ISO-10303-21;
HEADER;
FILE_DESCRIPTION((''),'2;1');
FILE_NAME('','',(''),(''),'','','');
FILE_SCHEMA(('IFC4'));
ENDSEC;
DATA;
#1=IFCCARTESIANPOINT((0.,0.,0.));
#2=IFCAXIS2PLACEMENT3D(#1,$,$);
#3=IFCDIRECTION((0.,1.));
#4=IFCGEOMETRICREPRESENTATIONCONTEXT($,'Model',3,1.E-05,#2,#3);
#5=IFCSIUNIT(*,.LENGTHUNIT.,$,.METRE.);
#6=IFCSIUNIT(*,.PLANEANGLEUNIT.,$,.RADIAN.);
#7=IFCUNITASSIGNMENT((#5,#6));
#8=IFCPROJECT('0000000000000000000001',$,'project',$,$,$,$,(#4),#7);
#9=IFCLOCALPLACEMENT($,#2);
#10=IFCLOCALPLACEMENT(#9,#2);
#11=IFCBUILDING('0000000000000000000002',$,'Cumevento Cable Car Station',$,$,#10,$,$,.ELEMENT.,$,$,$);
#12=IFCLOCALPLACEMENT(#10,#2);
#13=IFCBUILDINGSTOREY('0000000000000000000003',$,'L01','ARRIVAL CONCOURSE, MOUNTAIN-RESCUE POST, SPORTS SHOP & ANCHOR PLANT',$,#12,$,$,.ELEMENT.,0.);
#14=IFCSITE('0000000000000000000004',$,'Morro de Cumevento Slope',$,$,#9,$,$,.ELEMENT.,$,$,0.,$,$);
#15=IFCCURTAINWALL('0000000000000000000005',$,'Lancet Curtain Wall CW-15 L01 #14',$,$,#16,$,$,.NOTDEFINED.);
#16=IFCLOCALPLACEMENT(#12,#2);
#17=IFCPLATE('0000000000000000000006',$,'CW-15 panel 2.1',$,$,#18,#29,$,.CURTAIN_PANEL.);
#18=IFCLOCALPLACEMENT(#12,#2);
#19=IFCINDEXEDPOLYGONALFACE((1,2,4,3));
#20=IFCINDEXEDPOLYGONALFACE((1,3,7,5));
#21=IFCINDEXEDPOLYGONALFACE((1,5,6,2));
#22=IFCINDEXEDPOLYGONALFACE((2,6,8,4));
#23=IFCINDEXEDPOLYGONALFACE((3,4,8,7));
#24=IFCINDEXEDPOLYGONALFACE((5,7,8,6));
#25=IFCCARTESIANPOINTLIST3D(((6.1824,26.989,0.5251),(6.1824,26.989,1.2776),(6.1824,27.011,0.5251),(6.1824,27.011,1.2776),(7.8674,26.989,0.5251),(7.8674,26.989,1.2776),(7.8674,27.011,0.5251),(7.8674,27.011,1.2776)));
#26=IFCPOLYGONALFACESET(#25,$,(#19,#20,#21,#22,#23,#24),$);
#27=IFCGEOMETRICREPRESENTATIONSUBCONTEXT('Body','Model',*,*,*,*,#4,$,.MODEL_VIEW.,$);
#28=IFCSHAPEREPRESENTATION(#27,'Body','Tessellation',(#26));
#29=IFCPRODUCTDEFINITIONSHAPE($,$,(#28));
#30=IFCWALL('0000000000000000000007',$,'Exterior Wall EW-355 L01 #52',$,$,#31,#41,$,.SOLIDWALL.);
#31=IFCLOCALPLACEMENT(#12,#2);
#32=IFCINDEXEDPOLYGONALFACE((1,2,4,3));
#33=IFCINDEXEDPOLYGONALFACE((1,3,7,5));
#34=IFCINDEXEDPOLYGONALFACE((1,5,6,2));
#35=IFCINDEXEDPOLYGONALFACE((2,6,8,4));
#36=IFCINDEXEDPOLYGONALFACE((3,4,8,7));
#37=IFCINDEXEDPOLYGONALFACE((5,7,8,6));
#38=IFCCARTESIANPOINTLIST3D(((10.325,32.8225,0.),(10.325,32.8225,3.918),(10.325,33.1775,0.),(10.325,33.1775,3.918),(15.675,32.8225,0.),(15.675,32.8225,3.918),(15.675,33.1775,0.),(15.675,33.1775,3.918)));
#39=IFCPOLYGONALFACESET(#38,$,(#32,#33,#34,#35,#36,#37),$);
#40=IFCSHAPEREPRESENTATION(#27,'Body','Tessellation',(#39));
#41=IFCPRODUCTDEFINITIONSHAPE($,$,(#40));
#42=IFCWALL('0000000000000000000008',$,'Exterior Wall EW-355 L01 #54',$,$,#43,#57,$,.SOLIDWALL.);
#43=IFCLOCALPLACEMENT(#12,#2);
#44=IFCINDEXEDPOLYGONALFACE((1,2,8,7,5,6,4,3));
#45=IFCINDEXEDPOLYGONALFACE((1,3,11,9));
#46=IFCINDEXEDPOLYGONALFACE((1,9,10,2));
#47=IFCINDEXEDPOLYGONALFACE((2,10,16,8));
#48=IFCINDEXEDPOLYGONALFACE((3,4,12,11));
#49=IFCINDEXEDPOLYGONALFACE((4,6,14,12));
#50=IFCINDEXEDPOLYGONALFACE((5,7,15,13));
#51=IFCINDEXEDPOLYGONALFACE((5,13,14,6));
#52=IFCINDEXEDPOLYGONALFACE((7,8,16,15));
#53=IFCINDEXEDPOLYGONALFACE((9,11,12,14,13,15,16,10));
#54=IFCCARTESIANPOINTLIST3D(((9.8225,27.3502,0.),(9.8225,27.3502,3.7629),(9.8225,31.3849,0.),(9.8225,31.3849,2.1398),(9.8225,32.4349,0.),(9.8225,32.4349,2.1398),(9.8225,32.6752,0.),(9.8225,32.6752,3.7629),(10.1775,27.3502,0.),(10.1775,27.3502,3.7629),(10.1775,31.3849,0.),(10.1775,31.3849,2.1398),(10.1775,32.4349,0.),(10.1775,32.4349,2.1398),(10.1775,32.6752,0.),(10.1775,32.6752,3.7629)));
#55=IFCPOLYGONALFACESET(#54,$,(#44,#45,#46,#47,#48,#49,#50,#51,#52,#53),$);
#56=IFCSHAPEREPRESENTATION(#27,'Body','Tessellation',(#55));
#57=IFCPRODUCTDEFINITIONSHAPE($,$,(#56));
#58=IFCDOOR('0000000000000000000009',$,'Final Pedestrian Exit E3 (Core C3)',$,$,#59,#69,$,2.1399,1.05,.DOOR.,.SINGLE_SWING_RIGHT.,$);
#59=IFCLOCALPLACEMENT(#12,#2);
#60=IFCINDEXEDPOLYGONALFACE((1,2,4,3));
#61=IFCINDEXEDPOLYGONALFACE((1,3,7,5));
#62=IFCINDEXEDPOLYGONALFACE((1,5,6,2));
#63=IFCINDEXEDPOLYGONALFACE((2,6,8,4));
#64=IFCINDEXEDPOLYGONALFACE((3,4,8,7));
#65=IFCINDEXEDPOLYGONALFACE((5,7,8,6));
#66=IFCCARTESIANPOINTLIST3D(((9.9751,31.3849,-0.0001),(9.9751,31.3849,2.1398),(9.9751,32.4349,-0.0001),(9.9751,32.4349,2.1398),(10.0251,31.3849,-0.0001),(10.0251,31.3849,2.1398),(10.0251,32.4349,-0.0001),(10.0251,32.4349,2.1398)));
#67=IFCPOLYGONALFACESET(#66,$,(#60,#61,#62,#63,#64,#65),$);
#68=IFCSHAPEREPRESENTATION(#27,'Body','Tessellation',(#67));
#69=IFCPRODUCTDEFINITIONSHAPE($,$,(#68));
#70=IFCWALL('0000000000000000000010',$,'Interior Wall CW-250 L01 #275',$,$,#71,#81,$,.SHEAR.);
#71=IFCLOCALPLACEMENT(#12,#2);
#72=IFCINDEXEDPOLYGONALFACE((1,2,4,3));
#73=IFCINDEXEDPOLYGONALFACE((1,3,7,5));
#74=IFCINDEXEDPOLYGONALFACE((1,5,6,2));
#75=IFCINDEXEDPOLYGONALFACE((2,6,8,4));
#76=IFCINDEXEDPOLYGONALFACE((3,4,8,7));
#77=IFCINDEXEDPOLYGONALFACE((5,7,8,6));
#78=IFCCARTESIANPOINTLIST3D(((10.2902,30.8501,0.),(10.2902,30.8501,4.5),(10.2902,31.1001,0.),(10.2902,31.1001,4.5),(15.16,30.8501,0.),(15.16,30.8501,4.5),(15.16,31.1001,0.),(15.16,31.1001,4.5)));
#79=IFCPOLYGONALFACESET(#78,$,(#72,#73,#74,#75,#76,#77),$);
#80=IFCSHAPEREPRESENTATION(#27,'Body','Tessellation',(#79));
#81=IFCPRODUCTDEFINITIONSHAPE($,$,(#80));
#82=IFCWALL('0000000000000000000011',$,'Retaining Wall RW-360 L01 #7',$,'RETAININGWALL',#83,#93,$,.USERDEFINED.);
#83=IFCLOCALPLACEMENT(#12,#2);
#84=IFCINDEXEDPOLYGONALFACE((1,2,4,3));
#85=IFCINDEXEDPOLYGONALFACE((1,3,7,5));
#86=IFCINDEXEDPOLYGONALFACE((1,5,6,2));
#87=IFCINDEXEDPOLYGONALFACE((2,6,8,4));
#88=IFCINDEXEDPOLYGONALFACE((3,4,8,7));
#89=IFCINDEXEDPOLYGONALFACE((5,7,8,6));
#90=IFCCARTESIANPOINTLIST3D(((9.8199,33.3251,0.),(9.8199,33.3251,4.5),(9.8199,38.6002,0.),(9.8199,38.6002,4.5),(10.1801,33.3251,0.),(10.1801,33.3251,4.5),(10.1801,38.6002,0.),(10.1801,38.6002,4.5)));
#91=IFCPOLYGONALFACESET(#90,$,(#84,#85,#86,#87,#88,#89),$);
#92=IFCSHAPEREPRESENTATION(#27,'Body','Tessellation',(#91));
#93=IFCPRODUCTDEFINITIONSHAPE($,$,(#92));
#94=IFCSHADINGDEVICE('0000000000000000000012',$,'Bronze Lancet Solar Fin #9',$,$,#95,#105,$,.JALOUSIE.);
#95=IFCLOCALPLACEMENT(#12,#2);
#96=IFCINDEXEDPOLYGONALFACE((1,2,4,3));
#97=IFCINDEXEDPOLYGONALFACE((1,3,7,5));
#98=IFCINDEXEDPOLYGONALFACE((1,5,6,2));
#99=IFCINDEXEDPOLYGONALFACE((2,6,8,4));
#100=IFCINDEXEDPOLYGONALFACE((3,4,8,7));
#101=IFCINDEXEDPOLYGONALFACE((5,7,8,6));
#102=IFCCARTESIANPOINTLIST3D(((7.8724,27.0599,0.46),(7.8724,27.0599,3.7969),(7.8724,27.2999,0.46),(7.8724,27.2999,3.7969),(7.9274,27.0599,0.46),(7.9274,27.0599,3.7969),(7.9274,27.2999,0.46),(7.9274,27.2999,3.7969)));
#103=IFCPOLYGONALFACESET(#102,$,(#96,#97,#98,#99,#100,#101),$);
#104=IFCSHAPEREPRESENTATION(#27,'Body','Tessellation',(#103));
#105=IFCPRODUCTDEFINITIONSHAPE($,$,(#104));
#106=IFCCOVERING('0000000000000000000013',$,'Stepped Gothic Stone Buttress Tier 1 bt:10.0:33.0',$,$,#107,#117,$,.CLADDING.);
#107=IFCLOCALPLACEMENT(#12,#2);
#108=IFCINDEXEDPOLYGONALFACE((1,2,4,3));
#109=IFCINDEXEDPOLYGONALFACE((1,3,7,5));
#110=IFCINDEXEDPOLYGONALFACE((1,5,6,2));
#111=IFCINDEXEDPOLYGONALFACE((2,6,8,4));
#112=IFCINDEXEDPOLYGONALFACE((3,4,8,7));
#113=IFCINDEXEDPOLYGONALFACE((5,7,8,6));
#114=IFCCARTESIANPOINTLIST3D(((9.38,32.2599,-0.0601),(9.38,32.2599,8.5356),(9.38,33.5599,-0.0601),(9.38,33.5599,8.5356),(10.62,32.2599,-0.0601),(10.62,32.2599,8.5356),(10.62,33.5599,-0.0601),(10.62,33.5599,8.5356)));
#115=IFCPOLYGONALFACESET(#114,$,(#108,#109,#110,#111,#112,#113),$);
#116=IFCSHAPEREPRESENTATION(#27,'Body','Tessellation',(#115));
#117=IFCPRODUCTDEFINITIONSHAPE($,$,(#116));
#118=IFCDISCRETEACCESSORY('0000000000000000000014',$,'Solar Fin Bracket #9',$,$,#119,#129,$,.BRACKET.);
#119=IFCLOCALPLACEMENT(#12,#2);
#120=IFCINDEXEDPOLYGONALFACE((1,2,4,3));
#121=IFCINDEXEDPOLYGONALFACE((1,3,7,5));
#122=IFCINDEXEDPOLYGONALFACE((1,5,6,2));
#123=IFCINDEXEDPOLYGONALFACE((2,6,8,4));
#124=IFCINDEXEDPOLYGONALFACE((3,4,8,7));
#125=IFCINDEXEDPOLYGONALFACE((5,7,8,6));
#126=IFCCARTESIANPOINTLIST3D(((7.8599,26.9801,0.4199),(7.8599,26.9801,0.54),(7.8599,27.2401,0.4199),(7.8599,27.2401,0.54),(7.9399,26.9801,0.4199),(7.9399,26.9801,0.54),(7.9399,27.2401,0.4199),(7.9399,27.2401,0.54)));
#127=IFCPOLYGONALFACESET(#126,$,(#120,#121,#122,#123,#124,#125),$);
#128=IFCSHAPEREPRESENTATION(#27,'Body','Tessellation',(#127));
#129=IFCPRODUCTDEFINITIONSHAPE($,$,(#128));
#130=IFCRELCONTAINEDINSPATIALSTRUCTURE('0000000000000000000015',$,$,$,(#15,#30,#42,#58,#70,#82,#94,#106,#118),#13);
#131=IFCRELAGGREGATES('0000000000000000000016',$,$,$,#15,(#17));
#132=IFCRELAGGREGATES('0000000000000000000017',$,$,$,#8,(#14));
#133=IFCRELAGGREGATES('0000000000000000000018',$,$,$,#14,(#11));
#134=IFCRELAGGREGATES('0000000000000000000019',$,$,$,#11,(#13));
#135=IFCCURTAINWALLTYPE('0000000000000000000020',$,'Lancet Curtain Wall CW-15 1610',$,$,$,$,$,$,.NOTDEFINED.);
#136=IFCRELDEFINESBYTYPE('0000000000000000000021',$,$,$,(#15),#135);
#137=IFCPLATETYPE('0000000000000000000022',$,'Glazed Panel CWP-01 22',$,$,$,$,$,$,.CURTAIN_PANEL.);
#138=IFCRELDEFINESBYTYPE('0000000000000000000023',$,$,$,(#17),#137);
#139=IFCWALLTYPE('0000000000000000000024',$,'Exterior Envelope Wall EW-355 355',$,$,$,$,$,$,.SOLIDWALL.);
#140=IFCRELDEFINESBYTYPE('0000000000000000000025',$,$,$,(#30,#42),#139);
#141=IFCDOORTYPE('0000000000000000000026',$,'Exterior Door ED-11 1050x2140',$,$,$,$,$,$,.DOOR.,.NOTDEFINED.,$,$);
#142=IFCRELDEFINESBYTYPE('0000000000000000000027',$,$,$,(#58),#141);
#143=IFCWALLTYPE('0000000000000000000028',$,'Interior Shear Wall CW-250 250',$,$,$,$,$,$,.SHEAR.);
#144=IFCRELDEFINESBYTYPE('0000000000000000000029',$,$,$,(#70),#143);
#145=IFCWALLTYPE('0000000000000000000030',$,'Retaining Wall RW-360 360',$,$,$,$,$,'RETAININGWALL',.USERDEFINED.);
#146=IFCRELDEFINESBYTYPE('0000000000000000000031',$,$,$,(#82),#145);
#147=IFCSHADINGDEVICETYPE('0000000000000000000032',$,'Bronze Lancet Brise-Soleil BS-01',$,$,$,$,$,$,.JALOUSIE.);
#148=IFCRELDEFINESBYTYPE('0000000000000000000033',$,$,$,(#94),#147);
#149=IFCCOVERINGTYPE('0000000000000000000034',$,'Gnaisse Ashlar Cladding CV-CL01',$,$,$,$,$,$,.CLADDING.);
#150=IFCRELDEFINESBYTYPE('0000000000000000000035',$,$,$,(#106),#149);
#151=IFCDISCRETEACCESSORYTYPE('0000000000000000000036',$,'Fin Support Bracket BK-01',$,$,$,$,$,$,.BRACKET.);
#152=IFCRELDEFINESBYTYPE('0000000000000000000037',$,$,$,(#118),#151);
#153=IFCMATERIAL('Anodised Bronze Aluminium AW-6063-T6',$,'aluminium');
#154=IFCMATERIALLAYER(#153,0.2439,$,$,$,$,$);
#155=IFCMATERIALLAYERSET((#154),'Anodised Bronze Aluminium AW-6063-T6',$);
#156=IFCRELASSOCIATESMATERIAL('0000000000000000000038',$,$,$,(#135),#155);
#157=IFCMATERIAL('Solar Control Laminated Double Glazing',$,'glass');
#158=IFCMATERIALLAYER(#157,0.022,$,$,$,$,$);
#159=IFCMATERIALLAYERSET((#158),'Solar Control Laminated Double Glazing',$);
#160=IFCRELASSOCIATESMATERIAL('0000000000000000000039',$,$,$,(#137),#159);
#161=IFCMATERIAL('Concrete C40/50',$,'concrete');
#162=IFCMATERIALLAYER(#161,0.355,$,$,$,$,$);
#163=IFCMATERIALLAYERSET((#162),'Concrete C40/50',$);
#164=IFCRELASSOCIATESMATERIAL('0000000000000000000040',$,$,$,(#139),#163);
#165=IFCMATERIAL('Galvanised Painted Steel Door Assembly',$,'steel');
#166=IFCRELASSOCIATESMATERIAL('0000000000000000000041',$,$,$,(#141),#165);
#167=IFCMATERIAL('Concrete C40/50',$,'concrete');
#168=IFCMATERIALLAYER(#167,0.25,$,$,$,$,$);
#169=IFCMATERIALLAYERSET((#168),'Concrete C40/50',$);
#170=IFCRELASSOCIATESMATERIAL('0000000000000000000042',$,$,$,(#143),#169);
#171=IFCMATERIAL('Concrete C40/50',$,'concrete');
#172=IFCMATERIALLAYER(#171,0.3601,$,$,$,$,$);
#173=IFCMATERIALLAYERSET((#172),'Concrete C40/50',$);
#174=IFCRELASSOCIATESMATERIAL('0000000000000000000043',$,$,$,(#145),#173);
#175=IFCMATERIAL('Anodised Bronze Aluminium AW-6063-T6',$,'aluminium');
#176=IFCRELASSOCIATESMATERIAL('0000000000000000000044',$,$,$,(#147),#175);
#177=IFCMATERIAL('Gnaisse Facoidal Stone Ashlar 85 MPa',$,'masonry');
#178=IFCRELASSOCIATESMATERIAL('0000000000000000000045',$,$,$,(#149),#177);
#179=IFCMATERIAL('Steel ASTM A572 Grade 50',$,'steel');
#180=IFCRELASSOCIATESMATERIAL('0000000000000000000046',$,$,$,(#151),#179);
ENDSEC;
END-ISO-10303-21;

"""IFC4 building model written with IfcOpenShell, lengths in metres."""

from ifc_helpers import new_model, si_unit, direction, frame, frame_2d, origin, origin_2d, place, context, subcontext, project, spatial, rectangle, extrude, material, layer, layer_set, type_object, element, fill, aggregate, save


model = new_model("IFC4")

# Units and contexts
model_context = context("Model", 3, precision=1e-05, world=origin(), true_north=direction((0.0, 1.0)))
body_context = subcontext(model_context, "Body", "Model", "MODEL_VIEW")
ifc_project = project(units=[si_unit("LENGTHUNIT", "METRE"), si_unit("PLANEANGLEUNIT", "RADIAN")], contexts=[model_context])

# Site, building, storey
site_placement = place(None, origin())
site = spatial("IfcSite", under=ifc_project, at=site_placement, Name="Morro de Cumevento Slope", CompositionType="ELEMENT", RefElevation=0.0)
building_placement = place(site_placement, origin())
building = spatial("IfcBuilding", under=site, at=building_placement, Name="Cumevento Cable Car Station", CompositionType="ELEMENT")
storey_placement = place(building_placement, origin())
storey = spatial("IfcBuildingStorey", under=building, at=storey_placement, Name="L01", Description="ARRIVAL CONCOURSE, MOUNTAIN-RESCUE POST, SPORTS SHOP & ANCHOR PLANT", CompositionType="ELEMENT", Elevation=0.0)

# Curtain wall, plate
ifc_material_1 = material(Name="Anodised Bronze Aluminium AW-6063-T6", Category="aluminium")
ifc_layer_1 = layer(ifc_material_1, 0.2439)
ifc_layer_set_1 = layer_set([ifc_layer_1], Name="Anodised Bronze Aluminium AW-6063-T6")
curtain_wall_type = type_object("IfcCurtainWallType", Name="Lancet Curtain Wall CW-15 1610", PredefinedType="NOTDEFINED", material=ifc_layer_set_1)
curtain_wall_placement = place(storey_placement, origin())
curtain_wall = element("IfcCurtainWall", 1, at=curtain_wall_placement, inside=storey, type_object=curtain_wall_type, Name="Lancet Curtain Wall CW-15 L01 #14", PredefinedType="NOTDEFINED")
ifc_material_2 = material(Name="Solar Control Laminated Double Glazing", Category="glass")
ifc_layer_2 = layer(ifc_material_2, 0.022)
ifc_layer_set_2 = layer_set([ifc_layer_2], Name="Solar Control Laminated Double Glazing")
plate_type = type_object("IfcPlateType", Name="Glazed Panel CWP-01 22", PredefinedType="CURTAIN_PANEL", material=ifc_layer_set_2)
plate_placement = place(storey_placement, frame((7.0249, 27.0, 0.5251), z_axis=(0.0, 0.0, 1.0), x_axis=(1.0, 0.0, 0.0)))
plate = element("IfcPlate", 2, at=plate_placement, type_object=plate_type, Name="CW-15 panel 2.1", PredefinedType="CURTAIN_PANEL", context=body_context, shape_type="SweptSolid", body=[
    extrude(rectangle(XDim=1.6851, YDim=0.022, at=origin_2d()), origin(), (0.0, 0.0, 1.0), 0.7524),
])
aggregate(curtain_wall, [plate])

# Wall
ifc_material_3 = material(Name="Concrete C40/50", Category="concrete")
ifc_layer_3 = layer(ifc_material_3, 0.355)
ifc_layer_set_3 = layer_set([ifc_layer_3], Name="Concrete C40/50")
wall_type_1 = type_object("IfcWallType", Name="Exterior Envelope Wall EW-355 355", PredefinedType="SOLIDWALL", material=ifc_layer_set_3)
wall_1_placement = place(storey_placement, frame((10.325, 33.0, 0.0), z_axis=(0.0, 0.0, 1.0), x_axis=(1.0, 0.0, 0.0)))
element("IfcWall", 3, at=wall_1_placement, inside=storey, type_object=wall_type_1, Name="Exterior Wall EW-355 L01 #52", PredefinedType="SOLIDWALL", context=body_context, shape_type="SweptSolid", body=[
    extrude(rectangle(XDim=5.3501, YDim=0.355, at=frame_2d((2.675, 0.0))), origin(), (0.0, 0.0, 1.0), 3.918),
])

# Wall, opening, door
wall_2_placement = place(storey_placement, frame((10.0, 27.3501, 0.0), z_axis=(0.0, 0.0, 1.0), x_axis=(0.0, 1.0, 0.0)))
wall_2 = element("IfcWall", 4, at=wall_2_placement, inside=storey, type_object=wall_type_1, Name="Exterior Wall EW-355 L01 #54", PredefinedType="SOLIDWALL", context=body_context, shape_type="SweptSolid", body=[
    extrude(rectangle(XDim=5.325, YDim=0.355, at=frame_2d((2.6626, 0.0))), origin(), (0.0, 0.0, 1.0), 3.7629),
])
opening_placement = place(wall_2_placement, frame((4.0349, 0.0, 0.0)))
opening = element("IfcOpeningElement", 5, at=opening_placement, cuts=wall_2, PredefinedType="OPENING", context=body_context, shape_type="SweptSolid", body=[
    extrude(rectangle(XDim=1.05, YDim=2.1399, at=frame_2d((0.5249, 1.0698))), frame((0.0, 0.1875, 0.0), z_axis=(0.0, -1.0, 0.0), x_axis=(1.0, 0.0, 0.0)), (0.0, 0.0, 1.0), 0.375),
])
ifc_material_4 = material(Name="Galvanised Painted Steel Door Assembly", Category="steel")
door_type = type_object("IfcDoorType", Name="Exterior Door ED-11 1050x2140", OperationType="NOTDEFINED", PredefinedType="DOOR", material=ifc_material_4)
door_placement = place(opening_placement, origin())
door = element("IfcDoor", 6, at=door_placement, inside=storey, type_object=door_type, Name="Final Pedestrian Exit E3 (Core C3)", OperationType="SINGLE_SWING_RIGHT", OverallHeight=2.1399, OverallWidth=1.05, PredefinedType="DOOR", context=body_context, shape_type="SweptSolid", body=[
    extrude(rectangle(XDim=1.05, YDim=2.1399, at=frame_2d((0.5249, 1.0698))), frame((0.0, 0.0249, 0.0), z_axis=(0.0, -1.0, 0.0), x_axis=(1.0, 0.0, 0.0)), (0.0, 0.0, 1.0), 0.05),
])
fill(opening, door)

# Walls
ifc_material_5 = material(Name="Concrete C40/50", Category="concrete")
ifc_layer_4 = layer(ifc_material_5, 0.25)
ifc_layer_set_4 = layer_set([ifc_layer_4], Name="Concrete C40/50")
wall_type_2 = type_object("IfcWallType", Name="Interior Shear Wall CW-250 250", PredefinedType="SHEAR", material=ifc_layer_set_4)
wall_3_placement = place(storey_placement, frame((10.29, 30.9751, 0.0), z_axis=(0.0, 0.0, 1.0), x_axis=(1.0, 0.0, 0.0)))
element("IfcWall", 7, at=wall_3_placement, inside=storey, type_object=wall_type_2, Name="Interior Wall CW-250 L01 #275", PredefinedType="SHEAR", context=body_context, shape_type="SweptSolid", body=[
    extrude(rectangle(XDim=4.8699, YDim=0.25, at=frame_2d((2.4351, 0.0))), origin(), (0.0, 0.0, 1.0), 4.5),
])
ifc_material_6 = material(Name="Concrete C40/50", Category="concrete")
ifc_layer_5 = layer(ifc_material_6, 0.3601)
ifc_layer_set_5 = layer_set([ifc_layer_5], Name="Concrete C40/50")
wall_type_3 = type_object("IfcWallType", Name="Retaining Wall RW-360 360", ElementType="RETAININGWALL", PredefinedType="USERDEFINED", material=ifc_layer_set_5)
wall_4_placement = place(storey_placement, frame((10.0, 33.325, 0.0), z_axis=(0.0, 0.0, 1.0), x_axis=(0.0, 1.0, 0.0)))
element("IfcWall", 8, at=wall_4_placement, inside=storey, type_object=wall_type_3, Name="Retaining Wall RW-360 L01 #7", ObjectType="RETAININGWALL", PredefinedType="USERDEFINED", context=body_context, shape_type="SweptSolid", body=[
    extrude(rectangle(XDim=5.2751, YDim=0.3601, at=frame_2d((2.6377, 0.0))), origin(), (0.0, 0.0, 1.0), 4.5),
])

# Shading device
ifc_material_7 = material(Name="Anodised Bronze Aluminium AW-6063-T6", Category="aluminium")
shading_device_type = type_object("IfcShadingDeviceType", Name="Bronze Lancet Brise-Soleil BS-01", PredefinedType="JALOUSIE", material=ifc_material_7)
shading_device_placement = place(storey_placement, frame((7.8999, 27.1799, 0.46), z_axis=(0.0, 0.0, 1.0), x_axis=(1.0, 0.0, 0.0)))
element("IfcShadingDevice", 9, at=shading_device_placement, inside=storey, type_object=shading_device_type, Name="Bronze Lancet Solar Fin #9", PredefinedType="JALOUSIE", context=body_context, shape_type="SweptSolid", body=[
    extrude(rectangle(XDim=0.0549, YDim=0.24, at=origin_2d()), origin(), (0.0, 0.0, 1.0), 3.3369),
])

# Covering
ifc_material_8 = material(Name="Gnaisse Facoidal Stone Ashlar 85 MPa", Category="masonry")
covering_type = type_object("IfcCoveringType", Name="Gnaisse Ashlar Cladding CV-CL01", PredefinedType="CLADDING", material=ifc_material_8)
covering_1_placement = place(storey_placement, frame((10.0, 32.9099, -0.0601), z_axis=(0.0, 0.0, 1.0), x_axis=(1.0, 0.0, 0.0)))
element("IfcCovering", 10, at=covering_1_placement, inside=storey, type_object=covering_type, Name="Stepped Gothic Stone Buttress Tier 1 bt:10.0:33.0", PredefinedType="CLADDING", context=body_context, shape_type="SweptSolid", body=[
    extrude(rectangle(XDim=1.24, YDim=1.3, at=origin_2d()), origin(), (0.0, 0.0, 1.0), 8.5957),
])

# Discrete accessory
ifc_material_9 = material(Name="Steel ASTM A572 Grade 50", Category="steel")
discrete_accessory_type = type_object("IfcDiscreteAccessoryType", Name="Fin Support Bracket BK-01", PredefinedType="BRACKET", material=ifc_material_9)
discrete_accessory_placement = place(storey_placement, frame((7.8999, 27.1101, 0.4199), z_axis=(0.0, 0.0, 1.0), x_axis=(1.0, 0.0, 0.0)))
element("IfcDiscreteAccessory", 11, at=discrete_accessory_placement, inside=storey, type_object=discrete_accessory_type, Name="Solar Fin Bracket #9", PredefinedType="BRACKET", context=body_context, shape_type="SweptSolid", body=[
    extrude(rectangle(XDim=0.0801, YDim=0.26, at=origin_2d()), origin(), (0.0, 0.0, 1.0), 0.1201),
])

save(model, "model.ifc")
